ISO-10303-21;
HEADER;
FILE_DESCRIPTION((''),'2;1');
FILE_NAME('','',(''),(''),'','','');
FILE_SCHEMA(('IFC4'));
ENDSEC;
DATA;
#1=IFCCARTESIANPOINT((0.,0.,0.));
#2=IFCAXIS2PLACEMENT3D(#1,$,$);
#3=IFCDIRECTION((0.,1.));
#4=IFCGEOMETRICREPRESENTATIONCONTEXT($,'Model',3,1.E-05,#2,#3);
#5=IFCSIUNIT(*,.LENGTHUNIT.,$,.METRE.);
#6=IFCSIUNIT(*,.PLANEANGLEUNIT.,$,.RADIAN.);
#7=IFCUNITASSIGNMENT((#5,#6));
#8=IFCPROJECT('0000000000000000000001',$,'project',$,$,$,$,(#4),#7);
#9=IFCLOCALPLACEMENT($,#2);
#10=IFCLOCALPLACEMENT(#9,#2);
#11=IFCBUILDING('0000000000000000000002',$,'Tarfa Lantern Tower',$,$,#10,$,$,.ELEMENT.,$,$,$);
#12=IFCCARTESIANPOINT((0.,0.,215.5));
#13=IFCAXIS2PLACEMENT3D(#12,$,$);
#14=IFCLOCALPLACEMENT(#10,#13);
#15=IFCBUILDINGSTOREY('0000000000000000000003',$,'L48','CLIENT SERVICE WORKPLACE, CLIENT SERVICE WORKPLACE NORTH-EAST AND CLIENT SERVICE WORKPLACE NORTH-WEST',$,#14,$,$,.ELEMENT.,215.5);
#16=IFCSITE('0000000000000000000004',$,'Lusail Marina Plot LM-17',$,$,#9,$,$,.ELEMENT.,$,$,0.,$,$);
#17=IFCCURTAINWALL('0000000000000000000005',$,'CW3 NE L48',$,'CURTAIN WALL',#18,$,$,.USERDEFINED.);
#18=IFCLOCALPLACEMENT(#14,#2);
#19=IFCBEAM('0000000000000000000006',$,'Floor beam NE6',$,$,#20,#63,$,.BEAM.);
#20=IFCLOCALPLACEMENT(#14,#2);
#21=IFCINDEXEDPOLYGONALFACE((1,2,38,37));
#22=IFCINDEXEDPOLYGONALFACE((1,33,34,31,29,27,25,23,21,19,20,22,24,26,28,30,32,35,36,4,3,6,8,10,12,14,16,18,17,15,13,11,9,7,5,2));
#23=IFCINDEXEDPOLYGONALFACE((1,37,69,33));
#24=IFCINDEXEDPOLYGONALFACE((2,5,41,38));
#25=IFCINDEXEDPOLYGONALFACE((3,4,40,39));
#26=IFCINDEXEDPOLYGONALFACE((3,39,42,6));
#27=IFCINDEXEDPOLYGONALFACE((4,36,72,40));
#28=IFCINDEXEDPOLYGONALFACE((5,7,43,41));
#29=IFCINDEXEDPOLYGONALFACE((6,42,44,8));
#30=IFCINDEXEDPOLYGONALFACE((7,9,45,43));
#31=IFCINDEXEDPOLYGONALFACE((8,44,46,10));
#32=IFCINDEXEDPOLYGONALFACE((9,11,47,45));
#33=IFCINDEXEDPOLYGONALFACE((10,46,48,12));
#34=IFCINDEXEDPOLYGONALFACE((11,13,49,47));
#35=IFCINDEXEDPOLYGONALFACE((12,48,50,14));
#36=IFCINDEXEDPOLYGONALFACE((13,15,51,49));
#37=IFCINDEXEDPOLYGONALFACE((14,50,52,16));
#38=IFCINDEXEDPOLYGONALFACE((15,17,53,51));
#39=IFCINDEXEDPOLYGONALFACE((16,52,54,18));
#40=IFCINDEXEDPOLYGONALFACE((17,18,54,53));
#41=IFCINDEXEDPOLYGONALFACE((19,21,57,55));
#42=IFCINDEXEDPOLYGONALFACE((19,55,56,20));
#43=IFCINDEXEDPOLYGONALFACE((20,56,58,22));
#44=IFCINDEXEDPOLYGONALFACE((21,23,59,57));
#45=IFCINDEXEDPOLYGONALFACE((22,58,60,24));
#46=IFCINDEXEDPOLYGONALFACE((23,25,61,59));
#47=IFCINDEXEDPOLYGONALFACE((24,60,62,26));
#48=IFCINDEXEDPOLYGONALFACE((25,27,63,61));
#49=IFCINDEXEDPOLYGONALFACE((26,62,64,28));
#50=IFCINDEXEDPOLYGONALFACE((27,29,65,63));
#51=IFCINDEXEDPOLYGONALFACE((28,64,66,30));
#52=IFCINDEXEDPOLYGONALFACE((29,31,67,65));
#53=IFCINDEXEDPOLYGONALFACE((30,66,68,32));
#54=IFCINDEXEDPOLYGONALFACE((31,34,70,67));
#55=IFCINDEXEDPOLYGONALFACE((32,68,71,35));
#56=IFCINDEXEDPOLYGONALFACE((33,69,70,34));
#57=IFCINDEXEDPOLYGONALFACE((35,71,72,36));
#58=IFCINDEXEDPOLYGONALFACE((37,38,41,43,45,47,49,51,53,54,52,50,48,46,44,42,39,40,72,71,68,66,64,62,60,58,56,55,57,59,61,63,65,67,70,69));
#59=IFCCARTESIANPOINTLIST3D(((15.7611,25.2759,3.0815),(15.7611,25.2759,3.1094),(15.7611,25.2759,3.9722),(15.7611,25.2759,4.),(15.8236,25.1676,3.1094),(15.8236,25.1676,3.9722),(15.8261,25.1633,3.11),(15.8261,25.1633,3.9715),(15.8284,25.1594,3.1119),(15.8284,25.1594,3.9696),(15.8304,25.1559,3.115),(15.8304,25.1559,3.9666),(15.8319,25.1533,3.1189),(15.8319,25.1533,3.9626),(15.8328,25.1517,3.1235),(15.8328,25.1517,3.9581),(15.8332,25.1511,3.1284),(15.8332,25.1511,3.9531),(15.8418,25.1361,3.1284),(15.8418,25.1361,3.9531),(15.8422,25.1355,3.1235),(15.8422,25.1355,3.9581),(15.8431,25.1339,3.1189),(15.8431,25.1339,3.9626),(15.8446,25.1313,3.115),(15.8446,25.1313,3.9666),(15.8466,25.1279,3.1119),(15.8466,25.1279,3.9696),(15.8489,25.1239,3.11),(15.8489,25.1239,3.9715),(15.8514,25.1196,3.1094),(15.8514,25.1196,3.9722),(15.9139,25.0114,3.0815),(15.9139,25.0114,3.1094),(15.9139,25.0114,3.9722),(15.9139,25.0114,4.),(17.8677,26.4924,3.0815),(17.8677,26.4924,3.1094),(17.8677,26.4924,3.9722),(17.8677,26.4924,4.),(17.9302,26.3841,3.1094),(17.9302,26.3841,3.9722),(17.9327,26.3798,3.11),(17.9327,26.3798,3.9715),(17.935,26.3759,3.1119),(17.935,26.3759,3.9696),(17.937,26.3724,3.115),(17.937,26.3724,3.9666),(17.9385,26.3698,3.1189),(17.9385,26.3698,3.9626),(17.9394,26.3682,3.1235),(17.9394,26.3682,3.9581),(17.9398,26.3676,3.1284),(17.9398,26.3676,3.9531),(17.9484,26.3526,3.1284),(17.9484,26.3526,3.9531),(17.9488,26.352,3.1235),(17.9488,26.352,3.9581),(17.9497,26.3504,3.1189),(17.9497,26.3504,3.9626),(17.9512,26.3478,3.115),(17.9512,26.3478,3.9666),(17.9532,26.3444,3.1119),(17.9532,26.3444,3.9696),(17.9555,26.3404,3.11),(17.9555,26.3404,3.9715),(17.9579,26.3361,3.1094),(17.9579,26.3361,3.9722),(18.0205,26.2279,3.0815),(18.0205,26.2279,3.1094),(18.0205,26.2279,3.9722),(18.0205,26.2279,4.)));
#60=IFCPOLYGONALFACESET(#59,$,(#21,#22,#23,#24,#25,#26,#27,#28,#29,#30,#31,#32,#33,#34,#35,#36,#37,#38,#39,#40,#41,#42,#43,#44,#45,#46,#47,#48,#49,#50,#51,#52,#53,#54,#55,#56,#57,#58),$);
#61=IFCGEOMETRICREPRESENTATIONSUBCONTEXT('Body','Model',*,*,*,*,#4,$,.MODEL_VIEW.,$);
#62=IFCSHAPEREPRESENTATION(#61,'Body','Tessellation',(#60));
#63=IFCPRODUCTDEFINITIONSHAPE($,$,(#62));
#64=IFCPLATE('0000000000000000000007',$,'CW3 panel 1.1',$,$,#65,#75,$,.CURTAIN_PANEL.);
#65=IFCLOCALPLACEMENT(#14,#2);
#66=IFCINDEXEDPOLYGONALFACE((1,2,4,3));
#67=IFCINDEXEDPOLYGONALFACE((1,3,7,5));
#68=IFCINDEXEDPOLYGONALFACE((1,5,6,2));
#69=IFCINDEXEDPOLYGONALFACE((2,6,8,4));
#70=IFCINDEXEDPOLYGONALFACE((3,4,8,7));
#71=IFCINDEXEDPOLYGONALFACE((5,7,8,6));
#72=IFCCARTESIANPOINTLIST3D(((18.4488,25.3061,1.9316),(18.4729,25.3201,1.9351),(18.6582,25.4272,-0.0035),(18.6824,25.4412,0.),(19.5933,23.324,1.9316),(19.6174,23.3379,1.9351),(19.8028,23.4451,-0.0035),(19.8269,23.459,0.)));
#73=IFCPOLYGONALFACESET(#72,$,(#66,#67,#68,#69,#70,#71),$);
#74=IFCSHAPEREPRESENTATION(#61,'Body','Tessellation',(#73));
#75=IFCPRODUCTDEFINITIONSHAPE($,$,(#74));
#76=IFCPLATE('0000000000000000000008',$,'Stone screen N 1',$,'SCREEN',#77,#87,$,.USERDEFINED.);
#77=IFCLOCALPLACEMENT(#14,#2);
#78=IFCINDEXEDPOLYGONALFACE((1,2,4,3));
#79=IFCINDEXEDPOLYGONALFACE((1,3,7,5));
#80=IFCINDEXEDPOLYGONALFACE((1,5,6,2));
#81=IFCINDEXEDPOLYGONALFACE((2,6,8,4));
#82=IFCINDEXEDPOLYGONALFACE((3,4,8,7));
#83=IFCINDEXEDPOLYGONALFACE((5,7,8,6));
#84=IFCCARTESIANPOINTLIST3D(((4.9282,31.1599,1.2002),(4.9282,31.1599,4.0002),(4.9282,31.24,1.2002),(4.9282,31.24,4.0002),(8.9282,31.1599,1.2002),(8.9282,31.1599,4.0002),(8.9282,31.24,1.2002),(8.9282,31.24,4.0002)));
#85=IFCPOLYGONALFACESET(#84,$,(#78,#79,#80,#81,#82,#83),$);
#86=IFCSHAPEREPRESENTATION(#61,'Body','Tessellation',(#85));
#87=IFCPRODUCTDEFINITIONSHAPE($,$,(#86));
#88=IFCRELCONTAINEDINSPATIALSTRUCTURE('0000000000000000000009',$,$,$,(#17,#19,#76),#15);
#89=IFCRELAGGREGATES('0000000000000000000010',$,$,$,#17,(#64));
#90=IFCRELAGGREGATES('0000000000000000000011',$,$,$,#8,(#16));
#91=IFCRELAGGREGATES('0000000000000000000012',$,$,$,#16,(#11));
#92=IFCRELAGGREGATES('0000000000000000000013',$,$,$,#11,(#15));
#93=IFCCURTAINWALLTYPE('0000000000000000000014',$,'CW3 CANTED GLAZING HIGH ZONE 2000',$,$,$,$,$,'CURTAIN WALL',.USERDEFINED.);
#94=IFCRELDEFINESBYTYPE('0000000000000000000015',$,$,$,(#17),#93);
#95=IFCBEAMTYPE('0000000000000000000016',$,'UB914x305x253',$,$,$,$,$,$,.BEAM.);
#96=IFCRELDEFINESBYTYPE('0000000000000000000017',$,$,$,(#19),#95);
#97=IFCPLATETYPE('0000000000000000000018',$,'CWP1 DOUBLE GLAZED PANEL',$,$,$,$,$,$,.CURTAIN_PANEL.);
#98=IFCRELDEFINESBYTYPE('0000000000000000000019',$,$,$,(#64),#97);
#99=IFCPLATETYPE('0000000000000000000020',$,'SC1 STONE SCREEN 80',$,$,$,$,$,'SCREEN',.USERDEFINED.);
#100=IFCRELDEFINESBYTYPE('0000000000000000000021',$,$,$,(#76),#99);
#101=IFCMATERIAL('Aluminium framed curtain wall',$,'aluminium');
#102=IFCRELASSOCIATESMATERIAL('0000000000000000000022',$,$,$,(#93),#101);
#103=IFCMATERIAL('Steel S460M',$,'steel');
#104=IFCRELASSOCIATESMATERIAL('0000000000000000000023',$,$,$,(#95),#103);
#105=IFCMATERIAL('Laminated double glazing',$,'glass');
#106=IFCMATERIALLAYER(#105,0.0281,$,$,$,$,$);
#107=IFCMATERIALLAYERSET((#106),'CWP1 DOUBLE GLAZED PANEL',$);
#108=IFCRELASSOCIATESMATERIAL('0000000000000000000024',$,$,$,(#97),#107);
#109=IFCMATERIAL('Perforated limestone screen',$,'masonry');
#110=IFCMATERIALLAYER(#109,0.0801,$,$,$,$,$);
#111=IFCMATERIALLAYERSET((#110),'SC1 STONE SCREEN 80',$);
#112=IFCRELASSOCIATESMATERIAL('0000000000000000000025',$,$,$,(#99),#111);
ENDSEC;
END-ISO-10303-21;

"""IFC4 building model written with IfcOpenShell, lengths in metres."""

from ifc_helpers import new_model, si_unit, direction, frame, origin, origin_2d, place, context, subcontext, project, spatial, polyline, rectangle, i_section, outline, extrude, material, layer, layer_set, material_profile, profile_set, type_object, element, aggregate, save


model = new_model("IFC4")

# Units and contexts
model_context = context("Model", 3, precision=1e-05, world=origin(), true_north=direction((0.0, 1.0)))
body_context = subcontext(model_context, "Body", "Model", "MODEL_VIEW")
ifc_project = project(units=[si_unit("LENGTHUNIT", "METRE"), si_unit("PLANEANGLEUNIT", "RADIAN")], contexts=[model_context])

# Site, building, storey
site_placement = place(None, origin())
site = spatial("IfcSite", under=ifc_project, at=site_placement, Name="Lusail Marina Plot LM-17", CompositionType="ELEMENT", RefElevation=0.0)
building_placement = place(site_placement, origin())
building = spatial("IfcBuilding", under=site, at=building_placement, Name="Tarfa Lantern Tower", CompositionType="ELEMENT")
storey_placement = place(building_placement, frame((0.0, 0.0, 215.5)))
storey = spatial("IfcBuildingStorey", under=building, at=storey_placement, Name="L48", Description="CLIENT SERVICE WORKPLACE, CLIENT SERVICE WORKPLACE NORTH-EAST AND CLIENT SERVICE WORKPLACE NORTH-WEST", CompositionType="ELEMENT", Elevation=215.5)

# Shared definitions
ifc_material_1 = material(Name="Steel S460M", Category="steel")

# Curtain wall
ifc_material_2 = material(Name="Aluminium framed curtain wall", Category="aluminium")
curtain_wall_type = type_object("IfcCurtainWallType", Name="CW3 CANTED GLAZING HIGH ZONE 2000", ElementType="CURTAIN WALL", PredefinedType="USERDEFINED", material=ifc_material_2)
curtain_wall_placement = place(storey_placement, origin())
curtain_wall = element("IfcCurtainWall", 1, at=curtain_wall_placement, inside=storey, type_object=curtain_wall_type, Name="CW3 NE L48", ObjectType="CURTAIN WALL", PredefinedType="USERDEFINED")

# Beam
ifc_material_profile_1 = material_profile(ifc_material_1, i_section(OverallWidth=0.3054, OverallDepth=0.9185, WebThickness=0.0173, FlangeThickness=0.0278, FilletRadius=0.019, at=origin_2d()), Name="UB914x305x253")
ifc_profile_set_1 = profile_set([ifc_material_profile_1], Name="Steel S460M")
beam_type_1 = type_object("IfcBeamType", Name="UB914x305x253", PredefinedType="BEAM", material=ifc_profile_set_1)
beam_1_placement = place(storey_placement, frame((17.9441, 26.3601, 3.5408), z_axis=(-0.86598, -0.500079, 0.0), x_axis=(0.500079, -0.86598, 0.0)))
element("IfcBeam", 2, at=beam_1_placement, inside=storey, type_object=beam_type_1, Name="Floor beam NE6", PredefinedType="BEAM", context=body_context, shape_type="SweptSolid", body=[
    extrude(i_section(OverallWidth=0.3054, OverallDepth=0.9185, WebThickness=0.0173, FlangeThickness=0.0278, FilletRadius=0.019, at=origin_2d()), origin(), (0.0, 0.0, 1.0), 2.4326),
])

# Plates
ifc_material_3 = material(Name="Laminated double glazing", Category="glass")
ifc_layer_1 = layer(ifc_material_3, 0.0281)
ifc_layer_set_1 = layer_set([ifc_layer_1], Name="CWP1 DOUBLE GLAZED PANEL")
plate_type_1 = type_object("IfcPlateType", Name="CWP1 DOUBLE GLAZED PANEL", PredefinedType="CURTAIN_PANEL", material=ifc_layer_set_1)
plate_1_placement = place(storey_placement, frame((19.8269, 23.459, 0.0), z_axis=(0.859311, 0.496176, 0.124072), x_axis=(-0.500039, 0.866003, 0.0)))
plate_1 = element("IfcPlate", 3, at=plate_1_placement, type_object=plate_type_1, Name="CW3 panel 1.1", PredefinedType="CURTAIN_PANEL", context=body_context, shape_type="SweptSolid", body=[
    extrude(outline(polyline([(0.0, 0.0), (2.2889, 0.0), (2.2888, 1.9501), (-0.0001, 1.9501), (0.0, 0.0)])), origin(), (0.0, 0.0, -1.0), 0.0281),
])
aggregate(curtain_wall, [plate_1])
ifc_material_4 = material(Name="Perforated limestone screen", Category="masonry")
ifc_layer_2 = layer(ifc_material_4, 0.0801)
ifc_layer_set_2 = layer_set([ifc_layer_2], Name="SC1 STONE SCREEN 80")
plate_type_2 = type_object("IfcPlateType", Name="SC1 STONE SCREEN 80", ElementType="SCREEN", PredefinedType="USERDEFINED", material=ifc_layer_set_2)
plate_2_placement = place(storey_placement, frame((6.9282, 31.2, 1.2002), z_axis=(0.0, 0.0, 1.0), x_axis=(-1.0, 0.0, 0.0)))
element("IfcPlate", 4, at=plate_2_placement, inside=storey, type_object=plate_type_2, Name="Stone screen N 1", ObjectType="SCREEN", PredefinedType="USERDEFINED", context=body_context, shape_type="SweptSolid", body=[
    extrude(rectangle(XDim=4.0, YDim=0.0801, at=origin_2d()), origin(), (0.0, 0.0, 1.0), 2.8),
])

save(model, "model.ifc")
